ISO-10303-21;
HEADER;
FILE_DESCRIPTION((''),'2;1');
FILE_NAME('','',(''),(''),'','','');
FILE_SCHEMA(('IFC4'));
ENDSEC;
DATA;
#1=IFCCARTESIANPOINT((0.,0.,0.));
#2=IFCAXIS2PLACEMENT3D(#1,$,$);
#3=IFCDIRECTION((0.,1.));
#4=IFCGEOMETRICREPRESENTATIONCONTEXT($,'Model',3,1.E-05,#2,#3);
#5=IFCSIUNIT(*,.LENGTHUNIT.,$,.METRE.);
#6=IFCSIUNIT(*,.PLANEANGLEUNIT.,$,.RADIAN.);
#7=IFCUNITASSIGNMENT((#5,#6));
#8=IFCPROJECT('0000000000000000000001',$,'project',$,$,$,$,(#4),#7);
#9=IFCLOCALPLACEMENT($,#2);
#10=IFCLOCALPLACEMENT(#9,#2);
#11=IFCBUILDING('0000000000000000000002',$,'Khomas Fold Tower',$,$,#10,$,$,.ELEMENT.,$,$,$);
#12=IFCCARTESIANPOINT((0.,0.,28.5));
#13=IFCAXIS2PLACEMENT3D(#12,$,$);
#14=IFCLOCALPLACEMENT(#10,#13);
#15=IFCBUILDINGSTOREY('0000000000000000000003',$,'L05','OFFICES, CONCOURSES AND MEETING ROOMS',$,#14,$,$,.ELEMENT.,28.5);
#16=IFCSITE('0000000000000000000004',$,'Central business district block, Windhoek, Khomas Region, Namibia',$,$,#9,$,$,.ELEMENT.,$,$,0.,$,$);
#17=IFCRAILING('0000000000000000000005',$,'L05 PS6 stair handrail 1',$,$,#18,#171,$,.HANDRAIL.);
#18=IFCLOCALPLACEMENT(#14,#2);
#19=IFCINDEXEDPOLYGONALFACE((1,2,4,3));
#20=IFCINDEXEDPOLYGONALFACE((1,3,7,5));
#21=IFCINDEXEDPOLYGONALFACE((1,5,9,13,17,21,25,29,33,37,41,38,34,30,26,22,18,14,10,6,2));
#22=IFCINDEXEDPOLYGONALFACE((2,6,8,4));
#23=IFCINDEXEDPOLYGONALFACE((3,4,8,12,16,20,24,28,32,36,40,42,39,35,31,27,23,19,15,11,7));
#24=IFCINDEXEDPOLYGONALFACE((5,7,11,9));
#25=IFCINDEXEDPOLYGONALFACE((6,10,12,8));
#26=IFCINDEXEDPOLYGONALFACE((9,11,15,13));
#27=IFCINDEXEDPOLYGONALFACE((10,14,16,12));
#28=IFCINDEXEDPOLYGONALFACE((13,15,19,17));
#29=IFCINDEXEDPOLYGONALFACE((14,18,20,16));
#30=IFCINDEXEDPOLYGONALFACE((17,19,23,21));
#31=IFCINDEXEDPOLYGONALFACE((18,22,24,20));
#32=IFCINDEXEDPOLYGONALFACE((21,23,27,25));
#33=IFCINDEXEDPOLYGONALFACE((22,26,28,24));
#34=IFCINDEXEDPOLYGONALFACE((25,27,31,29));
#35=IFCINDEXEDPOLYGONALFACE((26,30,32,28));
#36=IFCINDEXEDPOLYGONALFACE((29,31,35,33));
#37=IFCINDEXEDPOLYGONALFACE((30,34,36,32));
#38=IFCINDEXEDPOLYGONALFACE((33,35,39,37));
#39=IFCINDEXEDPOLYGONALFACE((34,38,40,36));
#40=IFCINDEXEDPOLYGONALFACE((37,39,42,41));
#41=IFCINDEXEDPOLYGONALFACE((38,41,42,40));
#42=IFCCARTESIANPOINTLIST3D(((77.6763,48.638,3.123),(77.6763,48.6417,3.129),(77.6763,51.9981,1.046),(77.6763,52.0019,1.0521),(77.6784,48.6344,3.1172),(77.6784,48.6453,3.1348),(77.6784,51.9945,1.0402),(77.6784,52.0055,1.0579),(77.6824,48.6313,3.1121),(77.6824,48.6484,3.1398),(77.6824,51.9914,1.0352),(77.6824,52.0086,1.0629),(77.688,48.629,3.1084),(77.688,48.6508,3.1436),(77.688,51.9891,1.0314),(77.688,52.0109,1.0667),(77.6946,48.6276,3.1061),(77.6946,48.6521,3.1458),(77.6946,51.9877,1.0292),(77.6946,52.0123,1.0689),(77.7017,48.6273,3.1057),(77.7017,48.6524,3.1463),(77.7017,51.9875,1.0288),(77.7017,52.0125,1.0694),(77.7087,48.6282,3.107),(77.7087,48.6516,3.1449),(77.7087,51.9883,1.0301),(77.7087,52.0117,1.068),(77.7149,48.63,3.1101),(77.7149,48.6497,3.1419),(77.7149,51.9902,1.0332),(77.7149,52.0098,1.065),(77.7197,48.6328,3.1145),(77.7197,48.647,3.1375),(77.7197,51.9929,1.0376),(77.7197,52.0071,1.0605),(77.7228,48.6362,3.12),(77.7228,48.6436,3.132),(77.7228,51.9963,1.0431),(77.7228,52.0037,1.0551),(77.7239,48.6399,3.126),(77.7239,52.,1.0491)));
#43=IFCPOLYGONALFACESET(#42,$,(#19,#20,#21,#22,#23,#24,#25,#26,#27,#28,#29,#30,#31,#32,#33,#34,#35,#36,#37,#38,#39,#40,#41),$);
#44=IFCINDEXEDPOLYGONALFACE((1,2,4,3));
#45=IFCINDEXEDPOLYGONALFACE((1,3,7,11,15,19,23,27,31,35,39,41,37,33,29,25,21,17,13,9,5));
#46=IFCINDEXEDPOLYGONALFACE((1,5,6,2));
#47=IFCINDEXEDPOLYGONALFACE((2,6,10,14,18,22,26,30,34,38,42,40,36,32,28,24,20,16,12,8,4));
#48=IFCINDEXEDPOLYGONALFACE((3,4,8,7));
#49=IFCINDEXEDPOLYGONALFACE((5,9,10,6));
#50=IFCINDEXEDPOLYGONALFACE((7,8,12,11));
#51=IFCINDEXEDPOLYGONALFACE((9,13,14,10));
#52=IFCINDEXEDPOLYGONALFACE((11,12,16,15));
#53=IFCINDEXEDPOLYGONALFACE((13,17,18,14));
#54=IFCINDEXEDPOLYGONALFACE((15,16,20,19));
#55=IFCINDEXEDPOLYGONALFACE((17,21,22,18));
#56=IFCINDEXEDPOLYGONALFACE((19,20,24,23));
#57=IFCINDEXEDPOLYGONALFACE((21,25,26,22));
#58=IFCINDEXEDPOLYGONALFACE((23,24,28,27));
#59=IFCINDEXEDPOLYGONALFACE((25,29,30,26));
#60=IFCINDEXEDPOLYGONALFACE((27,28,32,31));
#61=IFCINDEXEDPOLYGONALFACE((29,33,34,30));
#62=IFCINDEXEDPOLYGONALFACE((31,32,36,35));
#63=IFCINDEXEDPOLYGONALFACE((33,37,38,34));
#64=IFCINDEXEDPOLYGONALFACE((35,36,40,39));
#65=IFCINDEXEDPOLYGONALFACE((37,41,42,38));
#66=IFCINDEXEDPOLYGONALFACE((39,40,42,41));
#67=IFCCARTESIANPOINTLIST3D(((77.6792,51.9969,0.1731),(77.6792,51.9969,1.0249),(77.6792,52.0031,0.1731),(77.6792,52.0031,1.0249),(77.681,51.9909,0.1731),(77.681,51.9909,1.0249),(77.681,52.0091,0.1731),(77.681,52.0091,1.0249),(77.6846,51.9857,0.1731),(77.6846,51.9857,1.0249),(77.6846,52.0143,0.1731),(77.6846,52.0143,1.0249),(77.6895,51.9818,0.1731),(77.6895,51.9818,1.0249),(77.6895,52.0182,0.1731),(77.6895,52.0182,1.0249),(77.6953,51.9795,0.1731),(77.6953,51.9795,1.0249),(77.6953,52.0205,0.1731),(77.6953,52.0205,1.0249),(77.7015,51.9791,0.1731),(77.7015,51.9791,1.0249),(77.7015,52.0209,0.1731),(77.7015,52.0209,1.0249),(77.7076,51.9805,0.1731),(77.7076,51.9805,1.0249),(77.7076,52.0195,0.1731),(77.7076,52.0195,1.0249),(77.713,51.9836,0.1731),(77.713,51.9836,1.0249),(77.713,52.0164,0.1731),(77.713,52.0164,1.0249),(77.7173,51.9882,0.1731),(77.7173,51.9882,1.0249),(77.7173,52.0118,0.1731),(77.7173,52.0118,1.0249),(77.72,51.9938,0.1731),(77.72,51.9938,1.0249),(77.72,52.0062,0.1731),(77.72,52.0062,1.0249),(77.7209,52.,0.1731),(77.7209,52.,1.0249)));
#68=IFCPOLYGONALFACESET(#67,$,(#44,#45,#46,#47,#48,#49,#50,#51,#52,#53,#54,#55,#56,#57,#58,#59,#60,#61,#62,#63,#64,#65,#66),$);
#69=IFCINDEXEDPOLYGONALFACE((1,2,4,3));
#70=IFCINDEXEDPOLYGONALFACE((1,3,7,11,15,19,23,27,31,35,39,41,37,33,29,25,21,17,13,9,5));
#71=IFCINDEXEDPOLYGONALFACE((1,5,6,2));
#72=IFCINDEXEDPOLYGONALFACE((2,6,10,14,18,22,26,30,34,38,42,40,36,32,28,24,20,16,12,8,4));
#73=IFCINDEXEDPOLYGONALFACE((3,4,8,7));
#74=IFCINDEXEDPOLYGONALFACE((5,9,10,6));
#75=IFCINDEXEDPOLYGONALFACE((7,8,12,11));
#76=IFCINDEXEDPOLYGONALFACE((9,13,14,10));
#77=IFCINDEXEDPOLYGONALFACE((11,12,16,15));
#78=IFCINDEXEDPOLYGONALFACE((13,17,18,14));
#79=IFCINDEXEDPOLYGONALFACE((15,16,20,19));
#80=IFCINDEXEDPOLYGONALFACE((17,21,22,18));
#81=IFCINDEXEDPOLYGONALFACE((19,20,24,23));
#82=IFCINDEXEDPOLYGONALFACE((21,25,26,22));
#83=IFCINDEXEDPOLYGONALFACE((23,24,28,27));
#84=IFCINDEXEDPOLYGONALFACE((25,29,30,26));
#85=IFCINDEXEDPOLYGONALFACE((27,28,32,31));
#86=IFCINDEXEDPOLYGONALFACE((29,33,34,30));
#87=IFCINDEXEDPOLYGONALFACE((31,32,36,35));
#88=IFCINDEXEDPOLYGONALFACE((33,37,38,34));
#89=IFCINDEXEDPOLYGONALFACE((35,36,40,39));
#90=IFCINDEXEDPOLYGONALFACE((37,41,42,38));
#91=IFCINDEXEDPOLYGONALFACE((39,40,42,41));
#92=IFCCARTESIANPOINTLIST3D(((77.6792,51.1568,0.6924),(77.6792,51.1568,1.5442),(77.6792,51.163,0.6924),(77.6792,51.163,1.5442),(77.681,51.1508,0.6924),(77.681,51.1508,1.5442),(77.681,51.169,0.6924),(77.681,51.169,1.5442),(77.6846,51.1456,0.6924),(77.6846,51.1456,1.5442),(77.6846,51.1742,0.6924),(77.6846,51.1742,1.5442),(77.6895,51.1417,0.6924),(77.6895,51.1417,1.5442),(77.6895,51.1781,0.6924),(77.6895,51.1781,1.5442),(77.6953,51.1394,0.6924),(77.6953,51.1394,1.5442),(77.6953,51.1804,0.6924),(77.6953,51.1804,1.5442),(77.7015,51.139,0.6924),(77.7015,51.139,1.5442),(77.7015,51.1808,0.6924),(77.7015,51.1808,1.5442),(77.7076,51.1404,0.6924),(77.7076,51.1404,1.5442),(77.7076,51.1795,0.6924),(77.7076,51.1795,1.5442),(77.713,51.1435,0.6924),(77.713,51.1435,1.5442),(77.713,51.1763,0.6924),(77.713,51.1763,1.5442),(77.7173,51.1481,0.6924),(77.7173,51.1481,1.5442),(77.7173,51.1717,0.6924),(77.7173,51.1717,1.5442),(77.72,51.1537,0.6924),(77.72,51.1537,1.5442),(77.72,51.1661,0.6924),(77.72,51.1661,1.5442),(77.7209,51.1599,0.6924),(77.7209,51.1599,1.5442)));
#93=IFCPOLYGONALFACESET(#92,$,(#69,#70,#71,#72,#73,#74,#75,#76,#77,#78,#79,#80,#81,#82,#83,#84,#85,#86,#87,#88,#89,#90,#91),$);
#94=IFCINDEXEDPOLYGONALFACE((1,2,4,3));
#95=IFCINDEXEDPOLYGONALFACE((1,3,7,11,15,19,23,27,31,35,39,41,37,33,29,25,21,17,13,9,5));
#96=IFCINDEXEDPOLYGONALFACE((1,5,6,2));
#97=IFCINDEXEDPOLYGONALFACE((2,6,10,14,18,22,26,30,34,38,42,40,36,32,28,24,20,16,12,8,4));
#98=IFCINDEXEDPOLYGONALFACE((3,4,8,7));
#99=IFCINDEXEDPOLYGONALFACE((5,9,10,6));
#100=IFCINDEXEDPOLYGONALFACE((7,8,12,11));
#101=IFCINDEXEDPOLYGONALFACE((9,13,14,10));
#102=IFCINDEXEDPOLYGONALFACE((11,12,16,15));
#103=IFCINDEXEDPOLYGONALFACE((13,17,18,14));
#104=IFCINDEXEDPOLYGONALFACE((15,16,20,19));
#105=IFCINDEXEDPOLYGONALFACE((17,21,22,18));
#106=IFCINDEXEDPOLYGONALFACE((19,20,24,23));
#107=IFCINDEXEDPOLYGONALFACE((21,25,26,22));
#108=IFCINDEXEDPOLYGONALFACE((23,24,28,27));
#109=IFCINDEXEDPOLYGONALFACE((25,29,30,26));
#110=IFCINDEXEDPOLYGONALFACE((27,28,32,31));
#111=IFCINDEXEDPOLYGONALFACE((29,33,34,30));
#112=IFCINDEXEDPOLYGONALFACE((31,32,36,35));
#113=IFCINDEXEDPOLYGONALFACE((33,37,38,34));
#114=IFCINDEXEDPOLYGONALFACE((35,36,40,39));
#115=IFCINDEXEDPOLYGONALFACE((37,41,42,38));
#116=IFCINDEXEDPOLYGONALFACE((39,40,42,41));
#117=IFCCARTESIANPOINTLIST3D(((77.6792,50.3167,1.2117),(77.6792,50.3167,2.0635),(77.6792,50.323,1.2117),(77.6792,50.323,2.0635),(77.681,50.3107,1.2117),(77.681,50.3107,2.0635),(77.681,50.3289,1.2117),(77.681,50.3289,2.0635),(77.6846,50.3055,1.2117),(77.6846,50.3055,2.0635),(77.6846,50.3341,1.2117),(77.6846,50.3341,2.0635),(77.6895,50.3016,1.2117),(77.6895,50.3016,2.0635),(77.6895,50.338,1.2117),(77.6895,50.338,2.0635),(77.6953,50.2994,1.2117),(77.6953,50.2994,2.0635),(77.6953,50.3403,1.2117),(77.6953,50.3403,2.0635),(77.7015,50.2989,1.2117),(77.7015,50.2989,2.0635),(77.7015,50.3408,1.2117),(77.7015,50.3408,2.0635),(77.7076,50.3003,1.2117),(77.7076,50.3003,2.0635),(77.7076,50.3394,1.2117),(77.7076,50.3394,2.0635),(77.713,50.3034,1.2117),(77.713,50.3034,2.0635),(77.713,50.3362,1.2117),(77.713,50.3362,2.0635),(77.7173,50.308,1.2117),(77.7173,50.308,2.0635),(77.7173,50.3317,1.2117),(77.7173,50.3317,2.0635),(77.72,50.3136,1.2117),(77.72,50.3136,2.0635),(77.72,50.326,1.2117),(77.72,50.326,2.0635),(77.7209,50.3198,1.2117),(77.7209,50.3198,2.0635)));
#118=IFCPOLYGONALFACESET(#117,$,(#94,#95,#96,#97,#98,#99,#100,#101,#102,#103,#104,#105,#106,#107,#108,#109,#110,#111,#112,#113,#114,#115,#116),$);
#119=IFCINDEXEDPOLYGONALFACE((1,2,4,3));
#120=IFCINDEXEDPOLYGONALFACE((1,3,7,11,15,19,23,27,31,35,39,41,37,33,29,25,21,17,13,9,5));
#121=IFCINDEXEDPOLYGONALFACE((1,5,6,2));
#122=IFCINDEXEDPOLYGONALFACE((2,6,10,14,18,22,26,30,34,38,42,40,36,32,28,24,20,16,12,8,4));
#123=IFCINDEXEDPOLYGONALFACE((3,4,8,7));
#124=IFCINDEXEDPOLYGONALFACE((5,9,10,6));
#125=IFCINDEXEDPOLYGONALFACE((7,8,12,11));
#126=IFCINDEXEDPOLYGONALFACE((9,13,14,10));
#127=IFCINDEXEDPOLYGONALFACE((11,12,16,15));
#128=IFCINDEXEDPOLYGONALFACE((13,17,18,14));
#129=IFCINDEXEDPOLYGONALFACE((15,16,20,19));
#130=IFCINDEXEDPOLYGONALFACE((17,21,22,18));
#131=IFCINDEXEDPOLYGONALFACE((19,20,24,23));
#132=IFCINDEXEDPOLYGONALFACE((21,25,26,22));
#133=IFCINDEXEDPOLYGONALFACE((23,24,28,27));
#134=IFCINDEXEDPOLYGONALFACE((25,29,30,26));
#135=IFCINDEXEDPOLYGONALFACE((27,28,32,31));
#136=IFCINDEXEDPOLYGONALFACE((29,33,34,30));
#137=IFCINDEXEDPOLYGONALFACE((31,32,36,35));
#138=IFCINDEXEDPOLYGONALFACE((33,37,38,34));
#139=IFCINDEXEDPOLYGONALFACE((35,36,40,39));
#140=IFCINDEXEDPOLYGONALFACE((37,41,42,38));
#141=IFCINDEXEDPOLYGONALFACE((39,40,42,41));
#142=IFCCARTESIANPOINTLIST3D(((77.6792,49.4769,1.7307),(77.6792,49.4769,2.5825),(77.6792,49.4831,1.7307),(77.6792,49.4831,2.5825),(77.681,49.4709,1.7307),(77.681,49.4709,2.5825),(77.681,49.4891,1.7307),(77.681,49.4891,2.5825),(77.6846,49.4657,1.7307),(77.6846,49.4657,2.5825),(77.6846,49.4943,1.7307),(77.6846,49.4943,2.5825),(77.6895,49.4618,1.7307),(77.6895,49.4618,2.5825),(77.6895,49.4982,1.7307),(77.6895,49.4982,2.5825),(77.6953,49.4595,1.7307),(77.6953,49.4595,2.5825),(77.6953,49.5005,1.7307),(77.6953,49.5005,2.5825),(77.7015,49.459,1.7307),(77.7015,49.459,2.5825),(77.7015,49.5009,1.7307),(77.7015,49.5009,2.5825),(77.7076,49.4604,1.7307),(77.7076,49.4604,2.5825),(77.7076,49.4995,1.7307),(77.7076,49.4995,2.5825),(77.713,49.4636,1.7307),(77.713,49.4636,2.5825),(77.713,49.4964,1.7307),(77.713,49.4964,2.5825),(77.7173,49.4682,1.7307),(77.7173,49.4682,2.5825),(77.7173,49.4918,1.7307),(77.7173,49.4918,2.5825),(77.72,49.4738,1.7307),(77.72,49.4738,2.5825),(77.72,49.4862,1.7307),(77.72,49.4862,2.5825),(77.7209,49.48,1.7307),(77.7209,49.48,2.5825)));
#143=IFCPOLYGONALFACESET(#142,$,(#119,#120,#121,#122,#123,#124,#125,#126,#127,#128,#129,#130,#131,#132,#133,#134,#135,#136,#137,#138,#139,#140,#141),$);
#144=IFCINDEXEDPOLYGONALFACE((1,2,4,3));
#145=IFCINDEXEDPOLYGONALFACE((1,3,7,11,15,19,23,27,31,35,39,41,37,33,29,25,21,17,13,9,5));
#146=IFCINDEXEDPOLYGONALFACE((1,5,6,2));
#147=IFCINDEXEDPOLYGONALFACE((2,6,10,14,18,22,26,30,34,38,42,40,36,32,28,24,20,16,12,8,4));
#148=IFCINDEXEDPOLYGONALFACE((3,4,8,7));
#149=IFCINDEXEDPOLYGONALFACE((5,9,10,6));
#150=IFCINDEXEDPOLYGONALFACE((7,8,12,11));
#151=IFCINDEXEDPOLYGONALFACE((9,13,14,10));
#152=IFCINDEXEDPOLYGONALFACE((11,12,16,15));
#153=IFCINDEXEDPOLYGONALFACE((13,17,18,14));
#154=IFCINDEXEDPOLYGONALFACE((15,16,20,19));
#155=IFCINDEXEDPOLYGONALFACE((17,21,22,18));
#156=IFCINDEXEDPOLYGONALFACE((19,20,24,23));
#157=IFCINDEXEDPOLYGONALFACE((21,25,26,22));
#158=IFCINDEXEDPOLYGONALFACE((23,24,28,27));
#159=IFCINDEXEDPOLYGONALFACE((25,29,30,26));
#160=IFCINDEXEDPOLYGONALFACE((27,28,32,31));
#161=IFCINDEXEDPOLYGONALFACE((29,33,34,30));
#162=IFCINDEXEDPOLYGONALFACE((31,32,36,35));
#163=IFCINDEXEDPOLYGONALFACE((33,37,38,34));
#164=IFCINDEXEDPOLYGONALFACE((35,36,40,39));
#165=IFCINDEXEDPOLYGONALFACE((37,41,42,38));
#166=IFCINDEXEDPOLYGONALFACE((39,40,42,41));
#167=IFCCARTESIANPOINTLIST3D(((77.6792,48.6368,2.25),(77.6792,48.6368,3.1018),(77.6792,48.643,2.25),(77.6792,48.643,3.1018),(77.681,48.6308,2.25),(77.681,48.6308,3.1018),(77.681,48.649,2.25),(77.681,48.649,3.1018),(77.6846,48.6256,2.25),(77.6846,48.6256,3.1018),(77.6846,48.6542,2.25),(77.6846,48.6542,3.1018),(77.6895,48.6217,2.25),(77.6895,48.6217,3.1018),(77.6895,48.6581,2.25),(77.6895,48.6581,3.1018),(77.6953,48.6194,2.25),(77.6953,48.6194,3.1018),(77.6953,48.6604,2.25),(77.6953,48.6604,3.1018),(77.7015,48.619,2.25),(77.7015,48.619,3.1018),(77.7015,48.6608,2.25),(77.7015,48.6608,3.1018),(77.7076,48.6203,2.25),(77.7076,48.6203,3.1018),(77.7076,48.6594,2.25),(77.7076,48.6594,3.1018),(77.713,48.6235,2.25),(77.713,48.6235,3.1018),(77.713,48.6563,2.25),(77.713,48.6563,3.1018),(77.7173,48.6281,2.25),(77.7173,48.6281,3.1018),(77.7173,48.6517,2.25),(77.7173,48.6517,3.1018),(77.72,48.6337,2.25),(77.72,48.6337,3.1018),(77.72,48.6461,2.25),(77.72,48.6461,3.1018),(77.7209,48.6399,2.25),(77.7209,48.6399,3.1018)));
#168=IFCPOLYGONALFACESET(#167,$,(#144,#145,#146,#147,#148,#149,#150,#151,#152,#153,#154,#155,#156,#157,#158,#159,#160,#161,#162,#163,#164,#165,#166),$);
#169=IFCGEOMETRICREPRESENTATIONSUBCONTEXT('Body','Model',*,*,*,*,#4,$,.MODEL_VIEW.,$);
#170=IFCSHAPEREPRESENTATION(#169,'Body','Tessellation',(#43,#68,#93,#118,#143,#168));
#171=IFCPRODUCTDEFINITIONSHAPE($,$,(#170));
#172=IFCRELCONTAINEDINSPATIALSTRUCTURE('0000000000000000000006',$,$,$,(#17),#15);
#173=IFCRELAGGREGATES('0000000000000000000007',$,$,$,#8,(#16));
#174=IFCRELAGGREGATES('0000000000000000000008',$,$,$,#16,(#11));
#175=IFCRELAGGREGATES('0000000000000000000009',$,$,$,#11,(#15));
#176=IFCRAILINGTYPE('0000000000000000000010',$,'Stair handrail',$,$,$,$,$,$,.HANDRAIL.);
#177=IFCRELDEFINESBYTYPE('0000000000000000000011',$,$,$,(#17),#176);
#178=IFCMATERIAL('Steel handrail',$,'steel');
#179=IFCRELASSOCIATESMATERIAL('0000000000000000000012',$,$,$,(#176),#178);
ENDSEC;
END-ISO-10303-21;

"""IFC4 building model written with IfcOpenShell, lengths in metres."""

from ifc_helpers import new_model, si_unit, direction, frame, origin, origin_2d, place, context, subcontext, project, spatial, circle, extrude, source, transform, mapped, material, type_object, element, save


model = new_model("IFC4")

# Units and contexts
model_context = context("Model", 3, precision=1e-05, world=origin(), true_north=direction((0.0, 1.0)))
body_context = subcontext(model_context, "Body", "Model", "MODEL_VIEW")
ifc_project = project(units=[si_unit("LENGTHUNIT", "METRE"), si_unit("PLANEANGLEUNIT", "RADIAN")], contexts=[model_context])

# Site, building, storey
site_placement = place(None, origin())
site = spatial("IfcSite", under=ifc_project, at=site_placement, Name="Central business district block, Windhoek, Khomas Region, Namibia", CompositionType="ELEMENT", RefElevation=0.0)
building_placement = place(site_placement, origin())
building = spatial("IfcBuilding", under=site, at=building_placement, Name="Khomas Fold Tower", CompositionType="ELEMENT")
storey_placement = place(building_placement, frame((0.0, 0.0, 28.5)))
storey = spatial("IfcBuildingStorey", under=building, at=storey_placement, Name="L05", Description="OFFICES, CONCOURSES AND MEETING ROOMS", CompositionType="ELEMENT", Elevation=28.5)

# Railing
ifc_material_1 = material(Name="Steel handrail", Category="steel")
railing_type_1 = type_object("IfcRailingType", Name="Stair handrail", PredefinedType="HANDRAIL", material=ifc_material_1)
shared_shape_1 = source(origin(), body_context, "Body", "SweptSolid", [
    extrude(circle(Radius=0.0239, at=origin_2d()), frame((0.0, 0.0, 0.876), z_axis=(0.0, -0.850623, 0.525776), x_axis=(1.0, 0.0, 0.0)), (0.0, 0.0, 1.0), 3.9502),
    extrude(circle(Radius=0.021, at=origin_2d()), origin(), (0.0, 0.0, 1.0), 0.8518),
    extrude(circle(Radius=0.021, at=origin_2d()), frame((0.0, -0.8401, 0.5193)), (0.0, 0.0, 1.0), 0.8518),
    extrude(circle(Radius=0.021, at=origin_2d()), frame((0.0, -1.6802, 1.0386)), (0.0, 0.0, 1.0), 0.8518),
    extrude(circle(Radius=0.021, at=origin_2d()), frame((0.0, -2.52, 1.5576)), (0.0, 0.0, 1.0), 0.8518),
    extrude(circle(Radius=0.021, at=origin_2d()), frame((0.0, -3.3601, 2.0769)), (0.0, 0.0, 1.0), 0.8518),
])
railing_1_placement = place(storey_placement, frame((77.7, 52.0, 0.1731)))
element("IfcRailing", 1, at=railing_1_placement, inside=storey, type_object=railing_type_1, Name="L05 PS6 stair handrail 1", PredefinedType="HANDRAIL", context=body_context, shape_type="MappedRepresentation", body=[
    mapped(shared_shape_1, transform((0.0, 0.0, 0.0))),
])

save(model, "model.ifc")
